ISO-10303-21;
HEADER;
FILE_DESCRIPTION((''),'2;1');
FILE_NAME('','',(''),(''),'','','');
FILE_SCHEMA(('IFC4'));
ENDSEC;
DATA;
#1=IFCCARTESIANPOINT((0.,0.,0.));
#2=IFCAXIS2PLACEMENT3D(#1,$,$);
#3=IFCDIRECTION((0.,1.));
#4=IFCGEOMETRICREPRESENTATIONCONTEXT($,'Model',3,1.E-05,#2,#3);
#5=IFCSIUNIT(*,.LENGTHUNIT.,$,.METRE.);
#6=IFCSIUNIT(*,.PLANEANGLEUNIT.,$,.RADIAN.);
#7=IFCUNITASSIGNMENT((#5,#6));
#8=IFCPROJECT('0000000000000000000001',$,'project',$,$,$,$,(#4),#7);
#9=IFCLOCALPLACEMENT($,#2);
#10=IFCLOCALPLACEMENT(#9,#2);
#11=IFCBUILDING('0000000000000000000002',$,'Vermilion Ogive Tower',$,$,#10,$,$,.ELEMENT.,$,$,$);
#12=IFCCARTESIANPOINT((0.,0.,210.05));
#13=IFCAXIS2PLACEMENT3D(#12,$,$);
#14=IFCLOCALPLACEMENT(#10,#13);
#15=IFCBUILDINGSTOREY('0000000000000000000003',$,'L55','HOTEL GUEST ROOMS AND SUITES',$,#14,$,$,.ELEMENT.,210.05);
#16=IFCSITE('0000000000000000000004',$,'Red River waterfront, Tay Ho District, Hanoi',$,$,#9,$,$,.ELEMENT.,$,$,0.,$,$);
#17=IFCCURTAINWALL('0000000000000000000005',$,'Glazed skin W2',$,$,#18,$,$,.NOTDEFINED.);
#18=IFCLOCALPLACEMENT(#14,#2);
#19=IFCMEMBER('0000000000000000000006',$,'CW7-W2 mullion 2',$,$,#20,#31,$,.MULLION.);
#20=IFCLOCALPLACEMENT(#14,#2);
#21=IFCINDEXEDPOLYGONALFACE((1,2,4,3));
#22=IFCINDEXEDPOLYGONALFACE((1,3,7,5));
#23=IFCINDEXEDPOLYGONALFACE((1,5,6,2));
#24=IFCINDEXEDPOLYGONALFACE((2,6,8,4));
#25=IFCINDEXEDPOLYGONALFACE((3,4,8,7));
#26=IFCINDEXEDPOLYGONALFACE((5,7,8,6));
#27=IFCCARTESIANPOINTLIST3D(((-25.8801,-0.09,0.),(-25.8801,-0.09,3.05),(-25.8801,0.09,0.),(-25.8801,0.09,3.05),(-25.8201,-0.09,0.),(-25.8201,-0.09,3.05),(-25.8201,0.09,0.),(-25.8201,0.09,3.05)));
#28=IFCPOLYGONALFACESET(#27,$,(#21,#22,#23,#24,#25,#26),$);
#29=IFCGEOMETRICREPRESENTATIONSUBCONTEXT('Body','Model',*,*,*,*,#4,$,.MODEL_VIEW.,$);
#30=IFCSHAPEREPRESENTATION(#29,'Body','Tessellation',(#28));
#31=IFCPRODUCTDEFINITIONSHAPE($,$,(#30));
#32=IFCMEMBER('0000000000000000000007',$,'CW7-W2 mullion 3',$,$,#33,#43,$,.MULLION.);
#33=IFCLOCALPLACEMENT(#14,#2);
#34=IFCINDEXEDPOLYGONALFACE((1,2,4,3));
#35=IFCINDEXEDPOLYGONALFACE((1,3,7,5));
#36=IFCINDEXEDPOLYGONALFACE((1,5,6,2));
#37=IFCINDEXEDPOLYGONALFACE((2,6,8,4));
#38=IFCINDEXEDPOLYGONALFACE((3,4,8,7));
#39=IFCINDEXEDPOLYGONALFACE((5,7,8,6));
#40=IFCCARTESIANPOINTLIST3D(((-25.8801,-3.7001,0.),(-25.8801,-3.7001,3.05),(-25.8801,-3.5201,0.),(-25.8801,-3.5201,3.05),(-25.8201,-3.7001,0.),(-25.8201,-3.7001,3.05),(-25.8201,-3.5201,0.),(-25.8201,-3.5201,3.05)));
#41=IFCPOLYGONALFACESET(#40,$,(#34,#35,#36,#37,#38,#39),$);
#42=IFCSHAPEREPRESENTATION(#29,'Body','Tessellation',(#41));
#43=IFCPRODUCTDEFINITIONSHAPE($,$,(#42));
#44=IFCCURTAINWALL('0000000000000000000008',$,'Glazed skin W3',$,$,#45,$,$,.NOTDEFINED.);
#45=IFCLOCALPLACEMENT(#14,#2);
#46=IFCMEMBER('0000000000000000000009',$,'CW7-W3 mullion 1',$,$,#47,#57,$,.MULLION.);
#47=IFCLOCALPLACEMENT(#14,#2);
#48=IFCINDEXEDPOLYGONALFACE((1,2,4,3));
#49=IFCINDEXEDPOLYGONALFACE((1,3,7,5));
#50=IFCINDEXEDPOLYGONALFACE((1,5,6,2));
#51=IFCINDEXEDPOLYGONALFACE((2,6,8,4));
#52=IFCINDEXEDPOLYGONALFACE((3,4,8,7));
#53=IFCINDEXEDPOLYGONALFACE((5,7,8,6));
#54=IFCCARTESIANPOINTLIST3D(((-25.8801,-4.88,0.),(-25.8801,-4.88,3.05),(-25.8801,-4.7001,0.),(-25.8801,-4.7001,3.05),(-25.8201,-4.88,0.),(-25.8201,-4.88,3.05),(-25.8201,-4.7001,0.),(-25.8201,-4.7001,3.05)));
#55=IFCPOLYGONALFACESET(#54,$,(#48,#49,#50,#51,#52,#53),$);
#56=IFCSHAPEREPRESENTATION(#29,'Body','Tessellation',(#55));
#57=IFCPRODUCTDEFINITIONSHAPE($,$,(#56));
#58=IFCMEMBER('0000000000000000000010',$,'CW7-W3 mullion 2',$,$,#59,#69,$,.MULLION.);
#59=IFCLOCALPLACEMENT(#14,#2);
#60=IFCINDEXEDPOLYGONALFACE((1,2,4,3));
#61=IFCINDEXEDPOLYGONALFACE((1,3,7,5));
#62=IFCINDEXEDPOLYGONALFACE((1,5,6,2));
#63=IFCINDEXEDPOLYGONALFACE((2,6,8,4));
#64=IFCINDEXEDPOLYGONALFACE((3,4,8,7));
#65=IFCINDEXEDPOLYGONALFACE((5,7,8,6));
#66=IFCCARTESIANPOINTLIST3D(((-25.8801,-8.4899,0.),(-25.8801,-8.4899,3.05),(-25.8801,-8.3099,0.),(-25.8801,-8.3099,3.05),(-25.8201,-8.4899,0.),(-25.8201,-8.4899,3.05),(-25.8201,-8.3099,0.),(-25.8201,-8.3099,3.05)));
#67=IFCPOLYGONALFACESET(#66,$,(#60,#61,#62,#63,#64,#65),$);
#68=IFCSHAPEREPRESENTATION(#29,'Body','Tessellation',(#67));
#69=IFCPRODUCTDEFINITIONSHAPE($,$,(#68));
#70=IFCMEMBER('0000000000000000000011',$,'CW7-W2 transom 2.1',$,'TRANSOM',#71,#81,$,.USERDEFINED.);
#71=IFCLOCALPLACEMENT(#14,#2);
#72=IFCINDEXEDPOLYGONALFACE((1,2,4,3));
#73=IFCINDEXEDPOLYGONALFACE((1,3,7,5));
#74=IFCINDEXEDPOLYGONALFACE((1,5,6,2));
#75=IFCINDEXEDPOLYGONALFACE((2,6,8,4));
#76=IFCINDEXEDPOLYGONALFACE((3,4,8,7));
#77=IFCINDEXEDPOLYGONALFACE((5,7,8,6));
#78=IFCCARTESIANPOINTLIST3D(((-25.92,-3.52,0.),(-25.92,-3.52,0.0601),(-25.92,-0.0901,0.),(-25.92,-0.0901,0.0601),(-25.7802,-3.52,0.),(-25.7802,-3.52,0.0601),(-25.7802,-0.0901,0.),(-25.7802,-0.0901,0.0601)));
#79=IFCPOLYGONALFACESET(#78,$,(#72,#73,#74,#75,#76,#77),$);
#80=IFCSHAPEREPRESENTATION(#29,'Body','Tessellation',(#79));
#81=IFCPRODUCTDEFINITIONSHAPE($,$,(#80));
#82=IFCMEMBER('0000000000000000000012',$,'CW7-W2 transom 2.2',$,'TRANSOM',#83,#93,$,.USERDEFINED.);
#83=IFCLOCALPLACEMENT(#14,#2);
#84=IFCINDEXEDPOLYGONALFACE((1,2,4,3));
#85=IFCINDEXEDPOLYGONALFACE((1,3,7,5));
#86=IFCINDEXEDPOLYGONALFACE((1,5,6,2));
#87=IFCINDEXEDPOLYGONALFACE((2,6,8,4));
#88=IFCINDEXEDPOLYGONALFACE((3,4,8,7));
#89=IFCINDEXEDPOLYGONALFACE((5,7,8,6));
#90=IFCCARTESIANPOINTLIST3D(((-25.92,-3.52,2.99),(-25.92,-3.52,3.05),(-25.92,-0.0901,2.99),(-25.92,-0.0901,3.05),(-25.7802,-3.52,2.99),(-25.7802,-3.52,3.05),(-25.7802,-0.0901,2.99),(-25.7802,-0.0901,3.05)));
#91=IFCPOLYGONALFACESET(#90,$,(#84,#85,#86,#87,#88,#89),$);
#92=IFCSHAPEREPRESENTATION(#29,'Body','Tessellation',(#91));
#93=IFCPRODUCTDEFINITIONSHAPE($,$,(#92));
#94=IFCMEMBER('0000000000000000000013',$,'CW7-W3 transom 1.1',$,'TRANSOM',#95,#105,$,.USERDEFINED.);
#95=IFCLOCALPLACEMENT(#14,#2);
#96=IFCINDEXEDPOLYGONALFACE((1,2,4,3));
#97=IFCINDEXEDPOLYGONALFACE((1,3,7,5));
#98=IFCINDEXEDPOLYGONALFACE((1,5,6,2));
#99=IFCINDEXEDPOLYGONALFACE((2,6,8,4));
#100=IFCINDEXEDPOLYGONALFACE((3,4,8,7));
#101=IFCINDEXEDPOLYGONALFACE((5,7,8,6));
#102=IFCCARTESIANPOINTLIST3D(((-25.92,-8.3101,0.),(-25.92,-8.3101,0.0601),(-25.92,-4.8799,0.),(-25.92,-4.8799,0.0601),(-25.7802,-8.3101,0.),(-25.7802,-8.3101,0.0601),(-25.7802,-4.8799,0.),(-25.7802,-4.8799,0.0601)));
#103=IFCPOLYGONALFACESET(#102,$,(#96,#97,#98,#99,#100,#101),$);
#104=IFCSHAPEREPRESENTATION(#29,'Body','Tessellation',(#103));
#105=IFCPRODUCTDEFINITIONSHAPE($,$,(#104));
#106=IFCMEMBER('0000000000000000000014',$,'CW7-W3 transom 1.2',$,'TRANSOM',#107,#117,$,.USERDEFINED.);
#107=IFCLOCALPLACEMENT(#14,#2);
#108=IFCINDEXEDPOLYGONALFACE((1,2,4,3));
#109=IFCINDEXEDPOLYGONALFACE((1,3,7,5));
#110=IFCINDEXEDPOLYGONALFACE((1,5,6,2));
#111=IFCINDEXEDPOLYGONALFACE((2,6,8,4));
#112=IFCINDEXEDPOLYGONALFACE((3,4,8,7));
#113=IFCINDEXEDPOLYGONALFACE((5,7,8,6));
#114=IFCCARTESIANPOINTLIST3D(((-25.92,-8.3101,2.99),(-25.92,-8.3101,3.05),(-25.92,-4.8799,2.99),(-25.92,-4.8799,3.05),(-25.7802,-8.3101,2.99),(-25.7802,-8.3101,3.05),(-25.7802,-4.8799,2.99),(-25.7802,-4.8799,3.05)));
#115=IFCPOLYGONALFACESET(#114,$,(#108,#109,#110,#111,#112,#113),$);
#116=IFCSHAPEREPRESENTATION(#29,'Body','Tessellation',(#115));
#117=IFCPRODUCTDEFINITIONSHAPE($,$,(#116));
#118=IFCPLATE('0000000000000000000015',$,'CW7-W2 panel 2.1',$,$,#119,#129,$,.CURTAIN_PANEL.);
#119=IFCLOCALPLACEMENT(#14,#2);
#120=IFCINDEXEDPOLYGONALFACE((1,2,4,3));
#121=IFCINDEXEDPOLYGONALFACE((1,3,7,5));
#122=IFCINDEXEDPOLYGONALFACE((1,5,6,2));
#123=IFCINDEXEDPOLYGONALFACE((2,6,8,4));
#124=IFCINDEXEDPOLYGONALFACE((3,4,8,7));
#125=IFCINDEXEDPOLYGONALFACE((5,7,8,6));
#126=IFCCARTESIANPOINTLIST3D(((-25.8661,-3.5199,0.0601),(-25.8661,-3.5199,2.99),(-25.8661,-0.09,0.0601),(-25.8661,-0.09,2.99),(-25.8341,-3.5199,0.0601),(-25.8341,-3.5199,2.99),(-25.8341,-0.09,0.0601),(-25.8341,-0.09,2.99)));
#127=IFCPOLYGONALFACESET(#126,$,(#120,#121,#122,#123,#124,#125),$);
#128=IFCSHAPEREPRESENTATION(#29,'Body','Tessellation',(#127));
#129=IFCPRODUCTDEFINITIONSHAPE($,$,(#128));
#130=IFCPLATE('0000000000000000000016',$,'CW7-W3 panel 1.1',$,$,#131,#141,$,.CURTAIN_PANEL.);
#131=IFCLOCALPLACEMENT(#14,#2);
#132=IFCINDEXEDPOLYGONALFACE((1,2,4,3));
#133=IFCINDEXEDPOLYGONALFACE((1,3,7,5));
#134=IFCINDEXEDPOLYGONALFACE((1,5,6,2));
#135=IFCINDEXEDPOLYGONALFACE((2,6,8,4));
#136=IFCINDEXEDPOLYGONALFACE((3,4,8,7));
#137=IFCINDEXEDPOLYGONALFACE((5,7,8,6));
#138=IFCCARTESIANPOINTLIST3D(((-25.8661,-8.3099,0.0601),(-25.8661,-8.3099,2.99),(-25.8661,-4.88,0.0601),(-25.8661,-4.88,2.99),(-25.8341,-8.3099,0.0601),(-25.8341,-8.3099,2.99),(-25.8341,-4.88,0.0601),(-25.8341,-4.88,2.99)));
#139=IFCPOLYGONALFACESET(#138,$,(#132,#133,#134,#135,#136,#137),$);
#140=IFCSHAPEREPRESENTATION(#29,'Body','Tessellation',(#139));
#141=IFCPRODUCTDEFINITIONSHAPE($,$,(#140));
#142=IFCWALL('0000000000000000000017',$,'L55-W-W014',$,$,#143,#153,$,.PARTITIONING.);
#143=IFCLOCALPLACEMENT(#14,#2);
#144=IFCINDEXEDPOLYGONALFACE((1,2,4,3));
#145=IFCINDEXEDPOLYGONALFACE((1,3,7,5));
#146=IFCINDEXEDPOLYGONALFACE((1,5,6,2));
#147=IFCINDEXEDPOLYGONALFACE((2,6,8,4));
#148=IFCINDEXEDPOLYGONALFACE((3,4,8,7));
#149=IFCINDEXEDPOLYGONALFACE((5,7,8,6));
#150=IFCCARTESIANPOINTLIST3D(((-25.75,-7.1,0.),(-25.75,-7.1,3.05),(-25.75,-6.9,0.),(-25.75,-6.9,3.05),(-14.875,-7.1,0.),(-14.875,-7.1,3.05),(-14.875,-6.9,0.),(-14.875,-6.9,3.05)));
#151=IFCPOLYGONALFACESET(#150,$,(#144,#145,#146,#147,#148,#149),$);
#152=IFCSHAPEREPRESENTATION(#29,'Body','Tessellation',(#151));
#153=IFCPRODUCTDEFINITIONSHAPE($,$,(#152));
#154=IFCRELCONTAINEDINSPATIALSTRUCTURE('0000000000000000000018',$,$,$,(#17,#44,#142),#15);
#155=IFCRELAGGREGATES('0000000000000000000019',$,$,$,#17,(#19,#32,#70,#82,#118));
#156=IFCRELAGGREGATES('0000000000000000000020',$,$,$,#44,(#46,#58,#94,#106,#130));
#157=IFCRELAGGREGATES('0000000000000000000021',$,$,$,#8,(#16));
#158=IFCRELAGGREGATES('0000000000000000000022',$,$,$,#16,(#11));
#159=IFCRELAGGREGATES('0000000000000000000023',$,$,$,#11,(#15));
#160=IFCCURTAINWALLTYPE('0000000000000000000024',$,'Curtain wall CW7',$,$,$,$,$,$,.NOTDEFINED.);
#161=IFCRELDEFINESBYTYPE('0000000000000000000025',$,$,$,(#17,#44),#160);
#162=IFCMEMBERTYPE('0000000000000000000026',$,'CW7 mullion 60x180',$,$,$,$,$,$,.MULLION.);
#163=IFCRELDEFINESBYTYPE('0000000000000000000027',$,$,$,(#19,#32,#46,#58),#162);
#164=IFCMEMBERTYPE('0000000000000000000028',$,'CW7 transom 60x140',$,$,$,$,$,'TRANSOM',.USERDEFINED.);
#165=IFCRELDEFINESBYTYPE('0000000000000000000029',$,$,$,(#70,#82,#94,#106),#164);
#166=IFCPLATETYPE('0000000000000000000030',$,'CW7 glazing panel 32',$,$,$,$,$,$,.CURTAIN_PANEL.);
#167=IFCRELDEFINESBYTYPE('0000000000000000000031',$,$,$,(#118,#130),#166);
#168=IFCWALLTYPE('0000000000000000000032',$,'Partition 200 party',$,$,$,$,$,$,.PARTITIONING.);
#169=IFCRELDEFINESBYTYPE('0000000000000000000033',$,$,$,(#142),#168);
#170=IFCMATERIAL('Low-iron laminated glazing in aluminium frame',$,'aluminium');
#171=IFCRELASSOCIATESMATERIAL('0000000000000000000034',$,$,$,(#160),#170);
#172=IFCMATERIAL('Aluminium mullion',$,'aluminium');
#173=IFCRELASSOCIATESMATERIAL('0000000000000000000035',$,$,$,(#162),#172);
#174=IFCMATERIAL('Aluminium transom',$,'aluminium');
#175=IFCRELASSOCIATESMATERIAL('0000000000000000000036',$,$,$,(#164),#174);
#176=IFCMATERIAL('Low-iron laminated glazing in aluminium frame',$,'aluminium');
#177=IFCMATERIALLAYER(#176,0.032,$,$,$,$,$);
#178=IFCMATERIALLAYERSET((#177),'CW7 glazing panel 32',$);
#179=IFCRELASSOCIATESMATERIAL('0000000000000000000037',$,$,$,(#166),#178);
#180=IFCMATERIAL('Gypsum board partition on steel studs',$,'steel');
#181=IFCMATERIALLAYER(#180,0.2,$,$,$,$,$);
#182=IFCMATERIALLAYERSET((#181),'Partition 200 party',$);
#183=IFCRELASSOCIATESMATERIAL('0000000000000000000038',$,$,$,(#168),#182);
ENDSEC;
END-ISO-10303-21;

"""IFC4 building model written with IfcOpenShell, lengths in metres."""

from ifc_helpers import new_model, si_unit, direction, frame, frame_2d, origin, origin_2d, place, context, subcontext, project, spatial, rectangle, extrude, material, layer, layer_set, material_profile, profile_set, type_object, element, aggregate, save


model = new_model("IFC4")

# Units and contexts
model_context = context("Model", 3, precision=1e-05, world=origin(), true_north=direction((0.0, 1.0)))
body_context = subcontext(model_context, "Body", "Model", "MODEL_VIEW")
ifc_project = project(units=[si_unit("LENGTHUNIT", "METRE"), si_unit("PLANEANGLEUNIT", "RADIAN")], contexts=[model_context])

# Site, building, storey
site_placement = place(None, origin())
site = spatial("IfcSite", under=ifc_project, at=site_placement, Name="Red River waterfront, Tay Ho District, Hanoi", CompositionType="ELEMENT", RefElevation=0.0)
building_placement = place(site_placement, origin())
building = spatial("IfcBuilding", under=site, at=building_placement, Name="Vermilion Ogive Tower", CompositionType="ELEMENT")
storey_placement = place(building_placement, frame((0.0, 0.0, 210.05)))
storey = spatial("IfcBuildingStorey", under=building, at=storey_placement, Name="L55", Description="HOTEL GUEST ROOMS AND SUITES", CompositionType="ELEMENT", Elevation=210.05)

# Curtain walls, members
ifc_material_1 = material(Name="Low-iron laminated glazing in aluminium frame", Category="aluminium")
curtain_wall_type = type_object("IfcCurtainWallType", Name="Curtain wall CW7", PredefinedType="NOTDEFINED", material=ifc_material_1)
curtain_wall_1_placement = place(storey_placement, origin())
curtain_wall_1 = element("IfcCurtainWall", 1, at=curtain_wall_1_placement, inside=storey, type_object=curtain_wall_type, Name="Glazed skin W2", PredefinedType="NOTDEFINED")
ifc_material_2 = material(Name="Aluminium mullion", Category="aluminium")
ifc_material_profile_1 = material_profile(ifc_material_2, rectangle(XDim=0.0601, YDim=0.1799, at=origin_2d()), Name="AL 60x180")
ifc_profile_set_1 = profile_set([ifc_material_profile_1], Name="Aluminium mullion")
member_type_1 = type_object("IfcMemberType", Name="CW7 mullion 60x180", PredefinedType="MULLION", material=ifc_profile_set_1)
member_1_placement = place(storey_placement, frame((-25.8501, 0.0, 0.0), z_axis=(0.0, 0.0, 1.0), x_axis=(1.0, 0.0, 0.0)))
member_1 = element("IfcMember", 2, at=member_1_placement, type_object=member_type_1, Name="CW7-W2 mullion 2", PredefinedType="MULLION", context=body_context, shape_type="SweptSolid", body=[
    extrude(rectangle(XDim=0.0601, YDim=0.1799, at=origin_2d()), origin(), (0.0, 0.0, 1.0), 3.05),
])
member_2_placement = place(storey_placement, frame((-25.8501, -3.6101, 0.0), z_axis=(0.0, 0.0, 1.0), x_axis=(1.0, 0.0, 0.0)))
member_2 = element("IfcMember", 3, at=member_2_placement, type_object=member_type_1, Name="CW7-W2 mullion 3", PredefinedType="MULLION", context=body_context, shape_type="SweptSolid", body=[
    extrude(rectangle(XDim=0.0601, YDim=0.1799, at=origin_2d()), origin(), (0.0, 0.0, 1.0), 3.05),
])
curtain_wall_2_placement = place(storey_placement, origin())
curtain_wall_2 = element("IfcCurtainWall", 4, at=curtain_wall_2_placement, inside=storey, type_object=curtain_wall_type, Name="Glazed skin W3", PredefinedType="NOTDEFINED")
member_3_placement = place(storey_placement, frame((-25.8501, -4.79, 0.0), z_axis=(0.0, 0.0, 1.0), x_axis=(1.0, 0.0, 0.0)))
member_3 = element("IfcMember", 5, at=member_3_placement, type_object=member_type_1, Name="CW7-W3 mullion 1", PredefinedType="MULLION", context=body_context, shape_type="SweptSolid", body=[
    extrude(rectangle(XDim=0.0601, YDim=0.1799, at=origin_2d()), origin(), (0.0, 0.0, 1.0), 3.05),
])
member_4_placement = place(storey_placement, frame((-25.8501, -8.3999, 0.0), z_axis=(0.0, 0.0, 1.0), x_axis=(1.0, 0.0, 0.0)))
member_4 = element("IfcMember", 6, at=member_4_placement, type_object=member_type_1, Name="CW7-W3 mullion 2", PredefinedType="MULLION", context=body_context, shape_type="SweptSolid", body=[
    extrude(rectangle(XDim=0.0601, YDim=0.1799, at=origin_2d()), origin(), (0.0, 0.0, 1.0), 3.05),
])

# Members
ifc_material_3 = material(Name="Aluminium transom", Category="aluminium")
ifc_material_profile_2 = material_profile(ifc_material_3, rectangle(XDim=0.1399, YDim=0.0601, at=origin_2d()), Name="AL 60x140")
ifc_profile_set_2 = profile_set([ifc_material_profile_2], Name="Aluminium transom")
member_type_2 = type_object("IfcMemberType", Name="CW7 transom 60x140", ElementType="TRANSOM", PredefinedType="USERDEFINED", material=ifc_profile_set_2)
member_5_placement = place(storey_placement, frame((-25.8501, -0.0901, 0.03), z_axis=(0.0, -1.0, 0.0), x_axis=(1.0, 0.0, 0.0)))
member_5 = element("IfcMember", 7, at=member_5_placement, type_object=member_type_2, Name="CW7-W2 transom 2.1", ObjectType="TRANSOM", PredefinedType="USERDEFINED", context=body_context, shape_type="SweptSolid", body=[
    extrude(rectangle(XDim=0.1399, YDim=0.0601, at=origin_2d()), origin(), (0.0, 0.0, 1.0), 3.4299),
])
member_6_placement = place(storey_placement, frame((-25.8501, -0.0901, 3.02), z_axis=(0.0, -1.0, 0.0), x_axis=(1.0, 0.0, 0.0)))
member_6 = element("IfcMember", 8, at=member_6_placement, type_object=member_type_2, Name="CW7-W2 transom 2.2", ObjectType="TRANSOM", PredefinedType="USERDEFINED", context=body_context, shape_type="SweptSolid", body=[
    extrude(rectangle(XDim=0.1399, YDim=0.0601, at=origin_2d()), origin(), (0.0, 0.0, 1.0), 3.4299),
])
member_7_placement = place(storey_placement, frame((-25.8501, -4.8799, 0.03), z_axis=(0.0, -1.0, 0.0), x_axis=(1.0, 0.0, 0.0)))
member_7 = element("IfcMember", 9, at=member_7_placement, type_object=member_type_2, Name="CW7-W3 transom 1.1", ObjectType="TRANSOM", PredefinedType="USERDEFINED", context=body_context, shape_type="SweptSolid", body=[
    extrude(rectangle(XDim=0.1399, YDim=0.0601, at=origin_2d()), origin(), (0.0, 0.0, 1.0), 3.4302),
])
member_8_placement = place(storey_placement, frame((-25.8501, -4.8799, 3.02), z_axis=(0.0, -1.0, 0.0), x_axis=(1.0, 0.0, 0.0)))
member_8 = element("IfcMember", 10, at=member_8_placement, type_object=member_type_2, Name="CW7-W3 transom 1.2", ObjectType="TRANSOM", PredefinedType="USERDEFINED", context=body_context, shape_type="SweptSolid", body=[
    extrude(rectangle(XDim=0.1399, YDim=0.0601, at=origin_2d()), origin(), (0.0, 0.0, 1.0), 3.4302),
])

# Plates
ifc_material_4 = material(Name="Low-iron laminated glazing in aluminium frame", Category="aluminium")
ifc_layer_1 = layer(ifc_material_4, 0.032)
ifc_layer_set_1 = layer_set([ifc_layer_1], Name="CW7 glazing panel 32")
plate_type = type_object("IfcPlateType", Name="CW7 glazing panel 32", PredefinedType="CURTAIN_PANEL", material=ifc_layer_set_1)
plate_1_placement = place(storey_placement, frame((-25.8501, -1.8049, 0.0601), z_axis=(0.0, 0.0, 1.0), x_axis=(0.0, -1.0, 0.0)))
plate_1 = element("IfcPlate", 11, at=plate_1_placement, type_object=plate_type, Name="CW7-W2 panel 2.1", PredefinedType="CURTAIN_PANEL", context=body_context, shape_type="SweptSolid", body=[
    extrude(rectangle(XDim=3.4299, YDim=0.032, at=origin_2d()), origin(), (0.0, 0.0, 1.0), 2.9299),
])
aggregate(curtain_wall_1, [member_1, member_2, member_5, member_6, plate_1])
plate_2_placement = place(storey_placement, frame((-25.8501, -6.595, 0.0601), z_axis=(0.0, 0.0, 1.0), x_axis=(0.0, -1.0, 0.0)))
plate_2 = element("IfcPlate", 12, at=plate_2_placement, type_object=plate_type, Name="CW7-W3 panel 1.1", PredefinedType="CURTAIN_PANEL", context=body_context, shape_type="SweptSolid", body=[
    extrude(rectangle(XDim=3.4299, YDim=0.032, at=origin_2d()), origin(), (0.0, 0.0, 1.0), 2.9299),
])
aggregate(curtain_wall_2, [member_3, member_4, member_7, member_8, plate_2])

# Wall
ifc_material_5 = material(Name="Gypsum board partition on steel studs", Category="steel")
ifc_layer_2 = layer(ifc_material_5, 0.2)
ifc_layer_set_2 = layer_set([ifc_layer_2], Name="Partition 200 party")
wall_type = type_object("IfcWallType", Name="Partition 200 party", PredefinedType="PARTITIONING", material=ifc_layer_set_2)
wall_placement = place(storey_placement, frame((-25.75, -7.0, 0.0), z_axis=(0.0, 0.0, 1.0), x_axis=(1.0, 0.0, 0.0)))
element("IfcWall", 13, at=wall_placement, inside=storey, type_object=wall_type, Name="L55-W-W014", PredefinedType="PARTITIONING", context=body_context, shape_type="SweptSolid", body=[
    extrude(rectangle(XDim=10.875, YDim=0.2, at=frame_2d((5.4375, 0.0))), origin(), (0.0, 0.0, 1.0), 3.05),
])

save(model, "model.ifc")
